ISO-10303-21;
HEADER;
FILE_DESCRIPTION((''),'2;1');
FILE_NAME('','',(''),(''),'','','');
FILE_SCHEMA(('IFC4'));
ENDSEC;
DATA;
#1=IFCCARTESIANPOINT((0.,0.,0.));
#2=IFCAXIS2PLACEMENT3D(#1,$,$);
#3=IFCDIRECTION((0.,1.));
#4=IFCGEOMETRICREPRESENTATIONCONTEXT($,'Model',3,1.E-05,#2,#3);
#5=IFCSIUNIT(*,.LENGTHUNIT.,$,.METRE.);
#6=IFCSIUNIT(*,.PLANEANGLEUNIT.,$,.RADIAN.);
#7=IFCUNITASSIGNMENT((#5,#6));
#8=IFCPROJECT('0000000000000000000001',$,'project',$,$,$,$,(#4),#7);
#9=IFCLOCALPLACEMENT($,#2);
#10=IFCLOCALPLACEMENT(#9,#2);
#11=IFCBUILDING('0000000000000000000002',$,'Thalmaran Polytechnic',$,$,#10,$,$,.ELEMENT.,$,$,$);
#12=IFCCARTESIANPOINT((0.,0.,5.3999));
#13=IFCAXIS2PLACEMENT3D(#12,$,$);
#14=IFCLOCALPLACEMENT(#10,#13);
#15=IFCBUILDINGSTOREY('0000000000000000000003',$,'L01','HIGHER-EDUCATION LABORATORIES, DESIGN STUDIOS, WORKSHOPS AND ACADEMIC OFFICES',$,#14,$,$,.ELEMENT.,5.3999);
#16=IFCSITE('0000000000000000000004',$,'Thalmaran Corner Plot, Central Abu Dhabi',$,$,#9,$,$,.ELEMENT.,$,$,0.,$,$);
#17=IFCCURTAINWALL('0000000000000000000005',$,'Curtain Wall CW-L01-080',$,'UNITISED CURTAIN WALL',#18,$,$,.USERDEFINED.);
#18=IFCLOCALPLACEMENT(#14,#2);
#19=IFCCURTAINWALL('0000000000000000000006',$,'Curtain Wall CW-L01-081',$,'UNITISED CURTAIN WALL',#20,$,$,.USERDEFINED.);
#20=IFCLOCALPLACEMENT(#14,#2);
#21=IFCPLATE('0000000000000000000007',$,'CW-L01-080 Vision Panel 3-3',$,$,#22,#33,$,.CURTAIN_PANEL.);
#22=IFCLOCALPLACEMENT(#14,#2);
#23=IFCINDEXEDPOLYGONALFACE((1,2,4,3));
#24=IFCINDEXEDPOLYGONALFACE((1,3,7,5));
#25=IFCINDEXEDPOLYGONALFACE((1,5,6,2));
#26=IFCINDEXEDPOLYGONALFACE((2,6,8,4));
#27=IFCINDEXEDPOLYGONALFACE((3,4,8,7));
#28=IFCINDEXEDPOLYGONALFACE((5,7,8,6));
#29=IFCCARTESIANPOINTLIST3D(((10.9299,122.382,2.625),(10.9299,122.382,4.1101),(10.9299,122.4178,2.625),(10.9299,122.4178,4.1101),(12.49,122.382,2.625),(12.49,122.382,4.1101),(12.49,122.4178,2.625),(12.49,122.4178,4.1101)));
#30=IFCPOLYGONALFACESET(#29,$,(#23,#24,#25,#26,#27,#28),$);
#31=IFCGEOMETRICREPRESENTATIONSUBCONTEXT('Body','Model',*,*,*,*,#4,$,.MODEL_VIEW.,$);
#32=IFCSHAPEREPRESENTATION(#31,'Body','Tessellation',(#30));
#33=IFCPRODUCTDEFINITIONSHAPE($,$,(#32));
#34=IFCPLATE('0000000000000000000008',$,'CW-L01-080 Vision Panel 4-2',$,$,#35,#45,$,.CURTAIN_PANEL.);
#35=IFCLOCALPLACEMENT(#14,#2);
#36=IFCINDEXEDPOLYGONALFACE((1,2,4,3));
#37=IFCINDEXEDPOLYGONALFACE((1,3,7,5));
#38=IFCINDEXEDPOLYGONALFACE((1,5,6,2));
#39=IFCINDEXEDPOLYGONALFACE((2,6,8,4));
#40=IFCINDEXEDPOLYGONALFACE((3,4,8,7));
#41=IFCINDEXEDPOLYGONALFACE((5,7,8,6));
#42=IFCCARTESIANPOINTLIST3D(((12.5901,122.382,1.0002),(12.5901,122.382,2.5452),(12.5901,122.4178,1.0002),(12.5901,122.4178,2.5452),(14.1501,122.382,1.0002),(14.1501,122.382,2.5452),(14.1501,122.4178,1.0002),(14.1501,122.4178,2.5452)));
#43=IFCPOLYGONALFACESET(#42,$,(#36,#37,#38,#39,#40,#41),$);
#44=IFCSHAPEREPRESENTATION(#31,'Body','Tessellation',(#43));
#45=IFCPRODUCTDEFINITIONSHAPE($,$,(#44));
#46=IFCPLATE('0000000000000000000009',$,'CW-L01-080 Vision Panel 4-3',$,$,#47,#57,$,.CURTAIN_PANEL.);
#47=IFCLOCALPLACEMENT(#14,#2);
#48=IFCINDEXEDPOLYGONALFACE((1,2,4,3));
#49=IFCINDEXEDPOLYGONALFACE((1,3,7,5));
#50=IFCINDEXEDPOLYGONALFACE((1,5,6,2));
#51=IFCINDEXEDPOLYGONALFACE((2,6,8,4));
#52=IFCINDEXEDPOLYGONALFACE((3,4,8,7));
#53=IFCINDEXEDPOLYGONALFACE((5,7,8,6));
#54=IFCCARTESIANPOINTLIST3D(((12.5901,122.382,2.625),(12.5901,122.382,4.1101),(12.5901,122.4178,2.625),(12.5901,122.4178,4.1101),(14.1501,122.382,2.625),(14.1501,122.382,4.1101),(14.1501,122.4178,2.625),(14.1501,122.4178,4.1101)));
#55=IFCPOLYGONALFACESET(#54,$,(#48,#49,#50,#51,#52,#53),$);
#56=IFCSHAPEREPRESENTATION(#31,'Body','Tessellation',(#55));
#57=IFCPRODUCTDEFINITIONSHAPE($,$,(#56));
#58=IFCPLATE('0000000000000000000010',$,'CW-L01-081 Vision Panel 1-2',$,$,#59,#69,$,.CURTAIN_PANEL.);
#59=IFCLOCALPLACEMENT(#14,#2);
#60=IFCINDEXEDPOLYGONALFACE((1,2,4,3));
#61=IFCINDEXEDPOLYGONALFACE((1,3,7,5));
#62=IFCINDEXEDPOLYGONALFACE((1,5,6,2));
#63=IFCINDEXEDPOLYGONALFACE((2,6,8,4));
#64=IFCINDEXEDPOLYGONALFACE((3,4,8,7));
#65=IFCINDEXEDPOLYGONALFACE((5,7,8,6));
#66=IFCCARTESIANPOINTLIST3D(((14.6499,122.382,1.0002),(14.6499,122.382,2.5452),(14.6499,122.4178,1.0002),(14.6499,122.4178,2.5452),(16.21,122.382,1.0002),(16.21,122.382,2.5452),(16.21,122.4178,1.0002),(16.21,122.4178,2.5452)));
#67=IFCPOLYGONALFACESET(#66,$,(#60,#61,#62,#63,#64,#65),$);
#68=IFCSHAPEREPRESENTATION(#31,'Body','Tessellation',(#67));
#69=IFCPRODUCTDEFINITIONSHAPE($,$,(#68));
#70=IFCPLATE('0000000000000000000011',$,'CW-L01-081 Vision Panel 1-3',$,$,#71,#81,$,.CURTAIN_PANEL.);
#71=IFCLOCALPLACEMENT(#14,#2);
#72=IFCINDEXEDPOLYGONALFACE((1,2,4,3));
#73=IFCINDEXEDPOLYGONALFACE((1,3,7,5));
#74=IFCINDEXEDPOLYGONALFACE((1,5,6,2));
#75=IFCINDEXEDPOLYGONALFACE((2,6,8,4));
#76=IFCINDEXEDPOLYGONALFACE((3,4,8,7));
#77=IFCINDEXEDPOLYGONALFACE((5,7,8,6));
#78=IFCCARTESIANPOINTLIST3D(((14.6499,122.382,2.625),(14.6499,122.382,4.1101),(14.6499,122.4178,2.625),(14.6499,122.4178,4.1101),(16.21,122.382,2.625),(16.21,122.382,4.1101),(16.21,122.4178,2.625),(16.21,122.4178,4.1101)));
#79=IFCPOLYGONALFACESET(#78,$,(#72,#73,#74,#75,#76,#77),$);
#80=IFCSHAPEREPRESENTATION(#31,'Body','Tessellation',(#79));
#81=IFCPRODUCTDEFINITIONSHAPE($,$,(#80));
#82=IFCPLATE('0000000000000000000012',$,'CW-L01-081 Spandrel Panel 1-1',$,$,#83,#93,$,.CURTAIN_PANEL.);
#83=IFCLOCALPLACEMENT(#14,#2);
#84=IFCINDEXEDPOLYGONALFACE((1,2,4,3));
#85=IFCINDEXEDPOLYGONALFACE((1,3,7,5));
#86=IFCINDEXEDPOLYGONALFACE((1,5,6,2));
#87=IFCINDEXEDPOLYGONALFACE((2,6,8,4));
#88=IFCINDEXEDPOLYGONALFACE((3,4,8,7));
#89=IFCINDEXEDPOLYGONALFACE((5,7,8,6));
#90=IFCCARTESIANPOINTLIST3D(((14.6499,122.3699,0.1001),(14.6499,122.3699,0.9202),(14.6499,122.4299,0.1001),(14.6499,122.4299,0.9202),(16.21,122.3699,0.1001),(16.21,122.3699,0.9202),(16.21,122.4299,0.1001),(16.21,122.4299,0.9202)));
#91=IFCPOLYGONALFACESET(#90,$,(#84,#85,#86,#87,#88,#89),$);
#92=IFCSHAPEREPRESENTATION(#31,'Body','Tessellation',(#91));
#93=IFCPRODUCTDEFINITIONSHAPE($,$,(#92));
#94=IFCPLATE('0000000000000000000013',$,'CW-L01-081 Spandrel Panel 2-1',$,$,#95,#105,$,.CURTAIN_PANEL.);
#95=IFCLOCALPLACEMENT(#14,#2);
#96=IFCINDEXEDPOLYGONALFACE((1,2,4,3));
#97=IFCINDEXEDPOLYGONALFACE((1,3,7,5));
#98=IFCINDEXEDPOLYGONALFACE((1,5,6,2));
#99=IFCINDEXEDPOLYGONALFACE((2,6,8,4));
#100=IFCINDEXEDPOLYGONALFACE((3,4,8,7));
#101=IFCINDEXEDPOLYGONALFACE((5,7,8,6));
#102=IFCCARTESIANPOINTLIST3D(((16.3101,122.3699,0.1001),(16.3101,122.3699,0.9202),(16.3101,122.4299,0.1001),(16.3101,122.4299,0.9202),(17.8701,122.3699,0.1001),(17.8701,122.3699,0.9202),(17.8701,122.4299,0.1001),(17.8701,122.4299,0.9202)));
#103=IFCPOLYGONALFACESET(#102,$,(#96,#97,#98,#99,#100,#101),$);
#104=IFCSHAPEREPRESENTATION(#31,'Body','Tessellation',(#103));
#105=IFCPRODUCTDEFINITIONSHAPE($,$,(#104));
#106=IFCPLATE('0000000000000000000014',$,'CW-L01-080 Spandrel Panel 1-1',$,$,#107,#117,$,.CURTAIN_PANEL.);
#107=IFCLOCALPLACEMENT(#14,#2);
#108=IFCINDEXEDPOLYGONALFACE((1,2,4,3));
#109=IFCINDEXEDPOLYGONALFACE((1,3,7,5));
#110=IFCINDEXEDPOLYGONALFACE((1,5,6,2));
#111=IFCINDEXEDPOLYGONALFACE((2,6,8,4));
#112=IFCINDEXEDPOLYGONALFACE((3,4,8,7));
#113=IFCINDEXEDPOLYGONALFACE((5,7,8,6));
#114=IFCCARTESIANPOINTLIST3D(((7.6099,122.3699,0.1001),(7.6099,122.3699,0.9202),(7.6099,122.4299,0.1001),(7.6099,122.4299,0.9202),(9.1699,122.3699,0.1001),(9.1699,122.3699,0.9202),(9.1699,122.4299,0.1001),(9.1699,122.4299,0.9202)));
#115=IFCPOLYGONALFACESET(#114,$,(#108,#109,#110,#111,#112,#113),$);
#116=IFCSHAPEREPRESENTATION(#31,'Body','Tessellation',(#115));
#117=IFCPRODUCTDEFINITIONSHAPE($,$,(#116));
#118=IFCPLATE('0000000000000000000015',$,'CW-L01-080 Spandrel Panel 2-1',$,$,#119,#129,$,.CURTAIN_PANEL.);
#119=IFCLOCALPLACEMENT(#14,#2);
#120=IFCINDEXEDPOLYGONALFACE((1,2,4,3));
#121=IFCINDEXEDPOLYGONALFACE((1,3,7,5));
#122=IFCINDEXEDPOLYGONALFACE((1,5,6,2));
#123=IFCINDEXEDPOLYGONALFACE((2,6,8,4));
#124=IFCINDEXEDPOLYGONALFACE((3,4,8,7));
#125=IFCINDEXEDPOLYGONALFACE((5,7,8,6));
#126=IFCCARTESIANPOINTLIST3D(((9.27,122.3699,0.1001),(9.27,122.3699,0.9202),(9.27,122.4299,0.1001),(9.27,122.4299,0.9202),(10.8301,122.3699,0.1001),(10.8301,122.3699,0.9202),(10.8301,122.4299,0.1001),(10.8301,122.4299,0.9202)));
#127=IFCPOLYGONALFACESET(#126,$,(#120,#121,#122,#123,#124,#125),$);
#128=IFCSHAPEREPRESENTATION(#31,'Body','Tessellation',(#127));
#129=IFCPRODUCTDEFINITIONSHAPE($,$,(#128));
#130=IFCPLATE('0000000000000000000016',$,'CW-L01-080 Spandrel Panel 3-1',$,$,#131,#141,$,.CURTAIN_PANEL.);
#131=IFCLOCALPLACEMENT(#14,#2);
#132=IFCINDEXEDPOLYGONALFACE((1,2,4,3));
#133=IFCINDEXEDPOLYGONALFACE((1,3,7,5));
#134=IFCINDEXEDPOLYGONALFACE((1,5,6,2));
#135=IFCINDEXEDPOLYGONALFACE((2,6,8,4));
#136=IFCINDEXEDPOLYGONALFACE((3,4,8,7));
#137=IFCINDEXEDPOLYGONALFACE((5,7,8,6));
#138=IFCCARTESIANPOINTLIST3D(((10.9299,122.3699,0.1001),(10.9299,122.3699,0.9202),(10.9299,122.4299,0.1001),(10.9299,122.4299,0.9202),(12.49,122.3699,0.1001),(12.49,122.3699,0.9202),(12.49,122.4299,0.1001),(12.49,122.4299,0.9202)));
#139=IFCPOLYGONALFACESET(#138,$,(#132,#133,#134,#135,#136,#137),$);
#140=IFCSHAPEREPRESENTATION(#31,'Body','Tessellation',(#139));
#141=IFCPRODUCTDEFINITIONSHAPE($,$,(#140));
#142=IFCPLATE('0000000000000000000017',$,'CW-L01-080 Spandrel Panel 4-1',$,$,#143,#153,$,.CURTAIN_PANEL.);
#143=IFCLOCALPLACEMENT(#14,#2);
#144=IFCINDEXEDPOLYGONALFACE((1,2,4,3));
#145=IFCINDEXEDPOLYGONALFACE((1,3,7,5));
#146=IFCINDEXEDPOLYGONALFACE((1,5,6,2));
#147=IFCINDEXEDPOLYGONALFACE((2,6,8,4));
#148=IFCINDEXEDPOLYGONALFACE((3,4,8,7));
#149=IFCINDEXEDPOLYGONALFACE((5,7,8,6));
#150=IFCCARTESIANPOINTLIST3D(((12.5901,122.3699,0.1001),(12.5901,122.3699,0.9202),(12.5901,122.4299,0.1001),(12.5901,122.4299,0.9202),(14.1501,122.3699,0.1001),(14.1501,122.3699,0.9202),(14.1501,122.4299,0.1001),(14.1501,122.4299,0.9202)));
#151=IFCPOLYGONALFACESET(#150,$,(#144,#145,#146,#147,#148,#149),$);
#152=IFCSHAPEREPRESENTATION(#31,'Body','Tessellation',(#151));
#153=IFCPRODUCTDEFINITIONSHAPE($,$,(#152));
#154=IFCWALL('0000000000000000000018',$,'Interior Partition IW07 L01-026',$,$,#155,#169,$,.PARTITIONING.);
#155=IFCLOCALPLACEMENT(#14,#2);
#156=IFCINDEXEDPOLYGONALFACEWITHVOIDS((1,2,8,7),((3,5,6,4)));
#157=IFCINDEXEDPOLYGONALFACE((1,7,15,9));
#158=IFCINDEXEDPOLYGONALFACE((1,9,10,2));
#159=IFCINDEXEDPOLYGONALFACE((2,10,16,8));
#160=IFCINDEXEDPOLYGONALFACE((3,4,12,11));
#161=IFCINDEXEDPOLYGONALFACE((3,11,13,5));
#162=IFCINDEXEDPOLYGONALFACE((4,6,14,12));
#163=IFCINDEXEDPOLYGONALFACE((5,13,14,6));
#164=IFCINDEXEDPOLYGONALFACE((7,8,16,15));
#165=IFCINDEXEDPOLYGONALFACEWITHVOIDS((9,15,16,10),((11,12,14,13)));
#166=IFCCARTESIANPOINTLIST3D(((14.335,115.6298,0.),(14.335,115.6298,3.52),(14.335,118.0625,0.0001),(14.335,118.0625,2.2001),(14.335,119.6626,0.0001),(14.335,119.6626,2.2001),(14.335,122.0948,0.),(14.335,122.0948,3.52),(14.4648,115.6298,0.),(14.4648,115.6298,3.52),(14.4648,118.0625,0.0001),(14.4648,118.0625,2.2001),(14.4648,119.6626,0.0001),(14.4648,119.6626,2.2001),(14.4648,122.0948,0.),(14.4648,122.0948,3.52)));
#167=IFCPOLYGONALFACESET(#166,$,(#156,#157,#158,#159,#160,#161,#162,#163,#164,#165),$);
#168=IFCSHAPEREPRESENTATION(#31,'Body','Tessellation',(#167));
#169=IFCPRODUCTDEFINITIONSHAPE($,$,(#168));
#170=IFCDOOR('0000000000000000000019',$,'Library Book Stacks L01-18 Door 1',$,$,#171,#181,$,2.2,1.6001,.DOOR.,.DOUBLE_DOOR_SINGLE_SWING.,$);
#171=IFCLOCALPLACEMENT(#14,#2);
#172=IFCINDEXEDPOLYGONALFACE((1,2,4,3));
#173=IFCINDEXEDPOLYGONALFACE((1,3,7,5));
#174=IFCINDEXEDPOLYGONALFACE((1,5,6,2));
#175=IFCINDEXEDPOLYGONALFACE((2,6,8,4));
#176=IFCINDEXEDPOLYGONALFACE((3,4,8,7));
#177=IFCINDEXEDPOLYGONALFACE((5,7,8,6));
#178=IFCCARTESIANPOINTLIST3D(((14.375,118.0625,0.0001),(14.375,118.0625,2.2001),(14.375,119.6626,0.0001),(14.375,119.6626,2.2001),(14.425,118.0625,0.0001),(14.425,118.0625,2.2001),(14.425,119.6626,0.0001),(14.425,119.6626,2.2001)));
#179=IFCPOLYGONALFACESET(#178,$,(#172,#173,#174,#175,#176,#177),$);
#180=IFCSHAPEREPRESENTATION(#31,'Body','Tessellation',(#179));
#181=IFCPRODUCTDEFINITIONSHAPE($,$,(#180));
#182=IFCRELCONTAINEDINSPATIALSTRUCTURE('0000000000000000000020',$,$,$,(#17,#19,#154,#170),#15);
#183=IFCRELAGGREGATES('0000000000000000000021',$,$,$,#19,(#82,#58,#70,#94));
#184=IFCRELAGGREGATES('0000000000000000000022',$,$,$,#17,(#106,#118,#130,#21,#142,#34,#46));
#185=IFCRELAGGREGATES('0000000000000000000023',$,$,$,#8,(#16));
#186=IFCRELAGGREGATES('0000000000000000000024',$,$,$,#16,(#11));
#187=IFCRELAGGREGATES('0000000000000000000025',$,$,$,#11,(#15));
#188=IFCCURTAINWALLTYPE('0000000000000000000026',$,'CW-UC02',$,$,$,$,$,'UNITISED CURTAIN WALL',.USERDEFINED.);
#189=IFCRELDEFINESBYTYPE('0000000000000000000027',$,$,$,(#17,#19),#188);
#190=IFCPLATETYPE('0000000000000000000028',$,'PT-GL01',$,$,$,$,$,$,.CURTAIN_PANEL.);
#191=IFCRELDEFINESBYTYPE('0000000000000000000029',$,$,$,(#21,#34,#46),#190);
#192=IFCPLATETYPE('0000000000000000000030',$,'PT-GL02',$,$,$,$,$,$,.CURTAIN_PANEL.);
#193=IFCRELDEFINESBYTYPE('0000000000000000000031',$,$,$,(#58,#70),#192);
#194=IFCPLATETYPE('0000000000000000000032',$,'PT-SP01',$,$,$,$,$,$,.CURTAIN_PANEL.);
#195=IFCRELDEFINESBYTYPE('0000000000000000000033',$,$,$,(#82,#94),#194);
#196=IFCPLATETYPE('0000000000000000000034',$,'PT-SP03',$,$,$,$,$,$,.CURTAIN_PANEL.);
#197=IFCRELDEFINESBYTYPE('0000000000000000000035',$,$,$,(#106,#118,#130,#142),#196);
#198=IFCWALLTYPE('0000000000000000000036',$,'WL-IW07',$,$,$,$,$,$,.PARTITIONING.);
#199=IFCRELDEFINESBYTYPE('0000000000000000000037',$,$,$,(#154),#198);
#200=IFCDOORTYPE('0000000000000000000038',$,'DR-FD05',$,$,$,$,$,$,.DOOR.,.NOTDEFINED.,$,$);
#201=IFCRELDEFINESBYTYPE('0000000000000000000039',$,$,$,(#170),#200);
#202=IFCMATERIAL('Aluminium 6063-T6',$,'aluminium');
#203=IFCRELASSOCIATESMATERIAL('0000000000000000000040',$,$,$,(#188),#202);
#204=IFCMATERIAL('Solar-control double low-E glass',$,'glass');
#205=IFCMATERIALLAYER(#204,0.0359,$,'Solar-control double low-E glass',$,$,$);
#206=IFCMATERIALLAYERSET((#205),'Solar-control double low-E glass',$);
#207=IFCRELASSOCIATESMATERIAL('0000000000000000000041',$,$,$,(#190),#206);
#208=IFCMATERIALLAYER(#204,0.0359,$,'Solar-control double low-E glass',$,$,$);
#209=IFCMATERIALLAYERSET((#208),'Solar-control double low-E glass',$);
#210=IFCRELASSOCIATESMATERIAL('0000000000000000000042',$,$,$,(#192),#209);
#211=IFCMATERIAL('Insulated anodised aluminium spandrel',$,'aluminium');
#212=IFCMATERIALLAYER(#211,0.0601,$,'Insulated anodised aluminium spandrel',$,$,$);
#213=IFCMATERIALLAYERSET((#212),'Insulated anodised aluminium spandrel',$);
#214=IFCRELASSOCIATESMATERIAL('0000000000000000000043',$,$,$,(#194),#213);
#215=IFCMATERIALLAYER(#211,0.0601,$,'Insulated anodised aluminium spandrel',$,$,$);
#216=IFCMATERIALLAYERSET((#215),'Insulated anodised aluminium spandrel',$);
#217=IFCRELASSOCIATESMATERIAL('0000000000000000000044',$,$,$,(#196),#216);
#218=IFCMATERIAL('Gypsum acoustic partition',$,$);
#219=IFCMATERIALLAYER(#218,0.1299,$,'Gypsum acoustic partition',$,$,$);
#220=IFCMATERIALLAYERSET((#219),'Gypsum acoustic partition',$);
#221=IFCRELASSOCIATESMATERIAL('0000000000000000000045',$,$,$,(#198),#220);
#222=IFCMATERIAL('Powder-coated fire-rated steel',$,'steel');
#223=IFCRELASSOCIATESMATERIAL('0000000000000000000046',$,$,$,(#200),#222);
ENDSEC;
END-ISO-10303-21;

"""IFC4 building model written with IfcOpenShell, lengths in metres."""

from ifc_helpers import new_model, si_unit, direction, frame, frame_2d, origin, origin_2d, place, context, subcontext, project, spatial, rectangle, extrude, material, layer, layer_set, type_object, element, fill, aggregate, save


model = new_model("IFC4")

# Units and contexts
model_context = context("Model", 3, precision=1e-05, world=origin(), true_north=direction((0.0, 1.0)))
body_context = subcontext(model_context, "Body", "Model", "MODEL_VIEW")
ifc_project = project(units=[si_unit("LENGTHUNIT", "METRE"), si_unit("PLANEANGLEUNIT", "RADIAN")], contexts=[model_context])

# Site, building, storey
site_placement = place(None, origin())
site = spatial("IfcSite", under=ifc_project, at=site_placement, Name="Thalmaran Corner Plot, Central Abu Dhabi", CompositionType="ELEMENT", RefElevation=0.0)
building_placement = place(site_placement, origin())
building = spatial("IfcBuilding", under=site, at=building_placement, Name="Thalmaran Polytechnic", CompositionType="ELEMENT")
storey_placement = place(building_placement, frame((0.0, 0.0, 5.3999)))
storey = spatial("IfcBuildingStorey", under=building, at=storey_placement, Name="L01", Description="HIGHER-EDUCATION LABORATORIES, DESIGN STUDIOS, WORKSHOPS AND ACADEMIC OFFICES", CompositionType="ELEMENT", Elevation=5.3999)

# Curtain walls
ifc_material_1 = material(Name="Aluminium 6063-T6", Category="aluminium")
curtain_wall_type = type_object("IfcCurtainWallType", Name="CW-UC02", ElementType="UNITISED CURTAIN WALL", PredefinedType="USERDEFINED", material=ifc_material_1)
curtain_wall_1_placement = place(storey_placement, origin())
curtain_wall_1 = element("IfcCurtainWall", 1, at=curtain_wall_1_placement, inside=storey, type_object=curtain_wall_type, Name="Curtain Wall CW-L01-080", ObjectType="UNITISED CURTAIN WALL", PredefinedType="USERDEFINED")
curtain_wall_2_placement = place(storey_placement, origin())
curtain_wall_2 = element("IfcCurtainWall", 2, at=curtain_wall_2_placement, inside=storey, type_object=curtain_wall_type, Name="Curtain Wall CW-L01-081", ObjectType="UNITISED CURTAIN WALL", PredefinedType="USERDEFINED")

# Plates
ifc_material_2 = material(Name="Solar-control double low-E glass", Category="glass")
ifc_layer_1 = layer(ifc_material_2, 0.0359, Name="Solar-control double low-E glass")
ifc_layer_set_1 = layer_set([ifc_layer_1], Name="Solar-control double low-E glass")
plate_type_1 = type_object("IfcPlateType", Name="PT-GL01", PredefinedType="CURTAIN_PANEL", material=ifc_layer_set_1)
plate_1_placement = place(storey_placement, frame((11.71, 122.3999, 2.625), z_axis=(0.0, 0.0, 1.0), x_axis=(1.0, 0.0, 0.0)))
plate_1 = element("IfcPlate", 3, at=plate_1_placement, type_object=plate_type_1, Name="CW-L01-080 Vision Panel 3-3", PredefinedType="CURTAIN_PANEL", context=body_context, shape_type="SweptSolid", body=[
    extrude(rectangle(XDim=1.5601, YDim=0.0359, at=origin_2d()), origin(), (0.0, 0.0, 1.0), 1.4851),
])
plate_2_placement = place(storey_placement, frame((13.3701, 122.3999, 1.0002), z_axis=(0.0, 0.0, 1.0), x_axis=(1.0, 0.0, 0.0)))
plate_2 = element("IfcPlate", 4, at=plate_2_placement, type_object=plate_type_1, Name="CW-L01-080 Vision Panel 4-2", PredefinedType="CURTAIN_PANEL", context=body_context, shape_type="SweptSolid", body=[
    extrude(rectangle(XDim=1.5601, YDim=0.0359, at=origin_2d()), origin(), (0.0, 0.0, 1.0), 1.5449),
])
plate_3_placement = place(storey_placement, frame((13.3701, 122.3999, 2.625), z_axis=(0.0, 0.0, 1.0), x_axis=(1.0, 0.0, 0.0)))
plate_3 = element("IfcPlate", 5, at=plate_3_placement, type_object=plate_type_1, Name="CW-L01-080 Vision Panel 4-3", PredefinedType="CURTAIN_PANEL", context=body_context, shape_type="SweptSolid", body=[
    extrude(rectangle(XDim=1.5601, YDim=0.0359, at=origin_2d()), origin(), (0.0, 0.0, 1.0), 1.4851),
])
ifc_layer_2 = layer(ifc_material_2, 0.0359, Name="Solar-control double low-E glass")
ifc_layer_set_2 = layer_set([ifc_layer_2], Name="Solar-control double low-E glass")
plate_type_2 = type_object("IfcPlateType", Name="PT-GL02", PredefinedType="CURTAIN_PANEL", material=ifc_layer_set_2)
plate_4_placement = place(storey_placement, frame((15.4299, 122.3999, 1.0002), z_axis=(0.0, 0.0, 1.0), x_axis=(1.0, 0.0, 0.0)))
plate_4 = element("IfcPlate", 6, at=plate_4_placement, type_object=plate_type_2, Name="CW-L01-081 Vision Panel 1-2", PredefinedType="CURTAIN_PANEL", context=body_context, shape_type="SweptSolid", body=[
    extrude(rectangle(XDim=1.5601, YDim=0.0359, at=origin_2d()), origin(), (0.0, 0.0, 1.0), 1.5449),
])
plate_5_placement = place(storey_placement, frame((15.4299, 122.3999, 2.625), z_axis=(0.0, 0.0, 1.0), x_axis=(1.0, 0.0, 0.0)))
plate_5 = element("IfcPlate", 7, at=plate_5_placement, type_object=plate_type_2, Name="CW-L01-081 Vision Panel 1-3", PredefinedType="CURTAIN_PANEL", context=body_context, shape_type="SweptSolid", body=[
    extrude(rectangle(XDim=1.5601, YDim=0.0359, at=origin_2d()), origin(), (0.0, 0.0, 1.0), 1.4851),
])
ifc_material_3 = material(Name="Insulated anodised aluminium spandrel", Category="aluminium")
ifc_layer_3 = layer(ifc_material_3, 0.0601, Name="Insulated anodised aluminium spandrel")
ifc_layer_set_3 = layer_set([ifc_layer_3], Name="Insulated anodised aluminium spandrel")
plate_type_3 = type_object("IfcPlateType", Name="PT-SP01", PredefinedType="CURTAIN_PANEL", material=ifc_layer_set_3)
plate_6_placement = place(storey_placement, frame((15.4299, 122.3999, 0.1001), z_axis=(0.0, 0.0, 1.0), x_axis=(1.0, 0.0, 0.0)))
plate_6 = element("IfcPlate", 8, at=plate_6_placement, type_object=plate_type_3, Name="CW-L01-081 Spandrel Panel 1-1", PredefinedType="CURTAIN_PANEL", context=body_context, shape_type="SweptSolid", body=[
    extrude(rectangle(XDim=1.5601, YDim=0.0601, at=origin_2d()), origin(), (0.0, 0.0, 1.0), 0.8201),
])
plate_7_placement = place(storey_placement, frame((17.0901, 122.3999, 0.1001), z_axis=(0.0, 0.0, 1.0), x_axis=(1.0, 0.0, 0.0)))
plate_7 = element("IfcPlate", 9, at=plate_7_placement, type_object=plate_type_3, Name="CW-L01-081 Spandrel Panel 2-1", PredefinedType="CURTAIN_PANEL", context=body_context, shape_type="SweptSolid", body=[
    extrude(rectangle(XDim=1.5601, YDim=0.0601, at=origin_2d()), origin(), (0.0, 0.0, 1.0), 0.8201),
])
aggregate(curtain_wall_2, [plate_6, plate_4, plate_5, plate_7])
ifc_layer_4 = layer(ifc_material_3, 0.0601, Name="Insulated anodised aluminium spandrel")
ifc_layer_set_4 = layer_set([ifc_layer_4], Name="Insulated anodised aluminium spandrel")
plate_type_4 = type_object("IfcPlateType", Name="PT-SP03", PredefinedType="CURTAIN_PANEL", material=ifc_layer_set_4)
plate_8_placement = place(storey_placement, frame((8.3899, 122.3999, 0.1001), z_axis=(0.0, 0.0, 1.0), x_axis=(1.0, 0.0, 0.0)))
plate_8 = element("IfcPlate", 10, at=plate_8_placement, type_object=plate_type_4, Name="CW-L01-080 Spandrel Panel 1-1", PredefinedType="CURTAIN_PANEL", context=body_context, shape_type="SweptSolid", body=[
    extrude(rectangle(XDim=1.5601, YDim=0.0601, at=origin_2d()), origin(), (0.0, 0.0, 1.0), 0.8201),
])
plate_9_placement = place(storey_placement, frame((10.05, 122.3999, 0.1001), z_axis=(0.0, 0.0, 1.0), x_axis=(1.0, 0.0, 0.0)))
plate_9 = element("IfcPlate", 11, at=plate_9_placement, type_object=plate_type_4, Name="CW-L01-080 Spandrel Panel 2-1", PredefinedType="CURTAIN_PANEL", context=body_context, shape_type="SweptSolid", body=[
    extrude(rectangle(XDim=1.5601, YDim=0.0601, at=origin_2d()), origin(), (0.0, 0.0, 1.0), 0.8201),
])
plate_10_placement = place(storey_placement, frame((11.71, 122.3999, 0.1001), z_axis=(0.0, 0.0, 1.0), x_axis=(1.0, 0.0, 0.0)))
plate_10 = element("IfcPlate", 12, at=plate_10_placement, type_object=plate_type_4, Name="CW-L01-080 Spandrel Panel 3-1", PredefinedType="CURTAIN_PANEL", context=body_context, shape_type="SweptSolid", body=[
    extrude(rectangle(XDim=1.5601, YDim=0.0601, at=origin_2d()), origin(), (0.0, 0.0, 1.0), 0.8201),
])
plate_11_placement = place(storey_placement, frame((13.3701, 122.3999, 0.1001), z_axis=(0.0, 0.0, 1.0), x_axis=(1.0, 0.0, 0.0)))
plate_11 = element("IfcPlate", 13, at=plate_11_placement, type_object=plate_type_4, Name="CW-L01-080 Spandrel Panel 4-1", PredefinedType="CURTAIN_PANEL", context=body_context, shape_type="SweptSolid", body=[
    extrude(rectangle(XDim=1.5601, YDim=0.0601, at=origin_2d()), origin(), (0.0, 0.0, 1.0), 0.8201),
])
aggregate(curtain_wall_1, [plate_8, plate_9, plate_10, plate_1, plate_11, plate_2, plate_3])

# Wall, opening, door
ifc_material_4 = material(Name="Gypsum acoustic partition")
ifc_layer_5 = layer(ifc_material_4, 0.1299, Name="Gypsum acoustic partition")
ifc_layer_set_5 = layer_set([ifc_layer_5], Name="Gypsum acoustic partition")
wall_type = type_object("IfcWallType", Name="WL-IW07", PredefinedType="PARTITIONING", material=ifc_layer_set_5)
wall_1_placement = place(storey_placement, frame((14.3999, 115.6299, 0.0), z_axis=(0.0, 0.0, 1.0), x_axis=(0.0, 1.0, 0.0)))
wall_1 = element("IfcWall", 14, at=wall_1_placement, inside=storey, type_object=wall_type, Name="Interior Partition IW07 L01-026", PredefinedType="PARTITIONING", context=body_context, shape_type="SweptSolid", body=[
    extrude(rectangle(XDim=6.4651, YDim=0.1299, at=frame_2d((3.2324, 0.0))), origin(), (0.0, 0.0, 1.0), 3.52),
])
opening_placement = place(wall_1_placement, frame((2.4326, 0.0, 0.0)))
opening = element("IfcOpeningElement", 15, at=opening_placement, cuts=wall_1, PredefinedType="OPENING", context=body_context, shape_type="SweptSolid", body=[
    extrude(rectangle(XDim=1.6001, YDim=2.2, at=frame_2d((0.8, 1.1001))), frame((0.0, 0.075, 0.0), z_axis=(0.0, -1.0, 0.0), x_axis=(1.0, 0.0, 0.0)), (0.0, 0.0, 1.0), 0.1499),
])
ifc_material_5 = material(Name="Powder-coated fire-rated steel", Category="steel")
door_type = type_object("IfcDoorType", Name="DR-FD05", OperationType="NOTDEFINED", PredefinedType="DOOR", material=ifc_material_5)
door_placement = place(opening_placement, origin())
door = element("IfcDoor", 16, at=door_placement, inside=storey, type_object=door_type, Name="Library Book Stacks L01-18 Door 1", OperationType="DOUBLE_DOOR_SINGLE_SWING", OverallHeight=2.2, OverallWidth=1.6001, PredefinedType="DOOR", context=body_context, shape_type="SweptSolid", body=[
    extrude(rectangle(XDim=1.6001, YDim=2.2, at=frame_2d((0.8, 1.1001))), frame((0.0, 0.0249, 0.0), z_axis=(0.0, -1.0, 0.0), x_axis=(1.0, 0.0, 0.0)), (0.0, 0.0, 1.0), 0.05),
])
fill(opening, door)

save(model, "model.ifc")
